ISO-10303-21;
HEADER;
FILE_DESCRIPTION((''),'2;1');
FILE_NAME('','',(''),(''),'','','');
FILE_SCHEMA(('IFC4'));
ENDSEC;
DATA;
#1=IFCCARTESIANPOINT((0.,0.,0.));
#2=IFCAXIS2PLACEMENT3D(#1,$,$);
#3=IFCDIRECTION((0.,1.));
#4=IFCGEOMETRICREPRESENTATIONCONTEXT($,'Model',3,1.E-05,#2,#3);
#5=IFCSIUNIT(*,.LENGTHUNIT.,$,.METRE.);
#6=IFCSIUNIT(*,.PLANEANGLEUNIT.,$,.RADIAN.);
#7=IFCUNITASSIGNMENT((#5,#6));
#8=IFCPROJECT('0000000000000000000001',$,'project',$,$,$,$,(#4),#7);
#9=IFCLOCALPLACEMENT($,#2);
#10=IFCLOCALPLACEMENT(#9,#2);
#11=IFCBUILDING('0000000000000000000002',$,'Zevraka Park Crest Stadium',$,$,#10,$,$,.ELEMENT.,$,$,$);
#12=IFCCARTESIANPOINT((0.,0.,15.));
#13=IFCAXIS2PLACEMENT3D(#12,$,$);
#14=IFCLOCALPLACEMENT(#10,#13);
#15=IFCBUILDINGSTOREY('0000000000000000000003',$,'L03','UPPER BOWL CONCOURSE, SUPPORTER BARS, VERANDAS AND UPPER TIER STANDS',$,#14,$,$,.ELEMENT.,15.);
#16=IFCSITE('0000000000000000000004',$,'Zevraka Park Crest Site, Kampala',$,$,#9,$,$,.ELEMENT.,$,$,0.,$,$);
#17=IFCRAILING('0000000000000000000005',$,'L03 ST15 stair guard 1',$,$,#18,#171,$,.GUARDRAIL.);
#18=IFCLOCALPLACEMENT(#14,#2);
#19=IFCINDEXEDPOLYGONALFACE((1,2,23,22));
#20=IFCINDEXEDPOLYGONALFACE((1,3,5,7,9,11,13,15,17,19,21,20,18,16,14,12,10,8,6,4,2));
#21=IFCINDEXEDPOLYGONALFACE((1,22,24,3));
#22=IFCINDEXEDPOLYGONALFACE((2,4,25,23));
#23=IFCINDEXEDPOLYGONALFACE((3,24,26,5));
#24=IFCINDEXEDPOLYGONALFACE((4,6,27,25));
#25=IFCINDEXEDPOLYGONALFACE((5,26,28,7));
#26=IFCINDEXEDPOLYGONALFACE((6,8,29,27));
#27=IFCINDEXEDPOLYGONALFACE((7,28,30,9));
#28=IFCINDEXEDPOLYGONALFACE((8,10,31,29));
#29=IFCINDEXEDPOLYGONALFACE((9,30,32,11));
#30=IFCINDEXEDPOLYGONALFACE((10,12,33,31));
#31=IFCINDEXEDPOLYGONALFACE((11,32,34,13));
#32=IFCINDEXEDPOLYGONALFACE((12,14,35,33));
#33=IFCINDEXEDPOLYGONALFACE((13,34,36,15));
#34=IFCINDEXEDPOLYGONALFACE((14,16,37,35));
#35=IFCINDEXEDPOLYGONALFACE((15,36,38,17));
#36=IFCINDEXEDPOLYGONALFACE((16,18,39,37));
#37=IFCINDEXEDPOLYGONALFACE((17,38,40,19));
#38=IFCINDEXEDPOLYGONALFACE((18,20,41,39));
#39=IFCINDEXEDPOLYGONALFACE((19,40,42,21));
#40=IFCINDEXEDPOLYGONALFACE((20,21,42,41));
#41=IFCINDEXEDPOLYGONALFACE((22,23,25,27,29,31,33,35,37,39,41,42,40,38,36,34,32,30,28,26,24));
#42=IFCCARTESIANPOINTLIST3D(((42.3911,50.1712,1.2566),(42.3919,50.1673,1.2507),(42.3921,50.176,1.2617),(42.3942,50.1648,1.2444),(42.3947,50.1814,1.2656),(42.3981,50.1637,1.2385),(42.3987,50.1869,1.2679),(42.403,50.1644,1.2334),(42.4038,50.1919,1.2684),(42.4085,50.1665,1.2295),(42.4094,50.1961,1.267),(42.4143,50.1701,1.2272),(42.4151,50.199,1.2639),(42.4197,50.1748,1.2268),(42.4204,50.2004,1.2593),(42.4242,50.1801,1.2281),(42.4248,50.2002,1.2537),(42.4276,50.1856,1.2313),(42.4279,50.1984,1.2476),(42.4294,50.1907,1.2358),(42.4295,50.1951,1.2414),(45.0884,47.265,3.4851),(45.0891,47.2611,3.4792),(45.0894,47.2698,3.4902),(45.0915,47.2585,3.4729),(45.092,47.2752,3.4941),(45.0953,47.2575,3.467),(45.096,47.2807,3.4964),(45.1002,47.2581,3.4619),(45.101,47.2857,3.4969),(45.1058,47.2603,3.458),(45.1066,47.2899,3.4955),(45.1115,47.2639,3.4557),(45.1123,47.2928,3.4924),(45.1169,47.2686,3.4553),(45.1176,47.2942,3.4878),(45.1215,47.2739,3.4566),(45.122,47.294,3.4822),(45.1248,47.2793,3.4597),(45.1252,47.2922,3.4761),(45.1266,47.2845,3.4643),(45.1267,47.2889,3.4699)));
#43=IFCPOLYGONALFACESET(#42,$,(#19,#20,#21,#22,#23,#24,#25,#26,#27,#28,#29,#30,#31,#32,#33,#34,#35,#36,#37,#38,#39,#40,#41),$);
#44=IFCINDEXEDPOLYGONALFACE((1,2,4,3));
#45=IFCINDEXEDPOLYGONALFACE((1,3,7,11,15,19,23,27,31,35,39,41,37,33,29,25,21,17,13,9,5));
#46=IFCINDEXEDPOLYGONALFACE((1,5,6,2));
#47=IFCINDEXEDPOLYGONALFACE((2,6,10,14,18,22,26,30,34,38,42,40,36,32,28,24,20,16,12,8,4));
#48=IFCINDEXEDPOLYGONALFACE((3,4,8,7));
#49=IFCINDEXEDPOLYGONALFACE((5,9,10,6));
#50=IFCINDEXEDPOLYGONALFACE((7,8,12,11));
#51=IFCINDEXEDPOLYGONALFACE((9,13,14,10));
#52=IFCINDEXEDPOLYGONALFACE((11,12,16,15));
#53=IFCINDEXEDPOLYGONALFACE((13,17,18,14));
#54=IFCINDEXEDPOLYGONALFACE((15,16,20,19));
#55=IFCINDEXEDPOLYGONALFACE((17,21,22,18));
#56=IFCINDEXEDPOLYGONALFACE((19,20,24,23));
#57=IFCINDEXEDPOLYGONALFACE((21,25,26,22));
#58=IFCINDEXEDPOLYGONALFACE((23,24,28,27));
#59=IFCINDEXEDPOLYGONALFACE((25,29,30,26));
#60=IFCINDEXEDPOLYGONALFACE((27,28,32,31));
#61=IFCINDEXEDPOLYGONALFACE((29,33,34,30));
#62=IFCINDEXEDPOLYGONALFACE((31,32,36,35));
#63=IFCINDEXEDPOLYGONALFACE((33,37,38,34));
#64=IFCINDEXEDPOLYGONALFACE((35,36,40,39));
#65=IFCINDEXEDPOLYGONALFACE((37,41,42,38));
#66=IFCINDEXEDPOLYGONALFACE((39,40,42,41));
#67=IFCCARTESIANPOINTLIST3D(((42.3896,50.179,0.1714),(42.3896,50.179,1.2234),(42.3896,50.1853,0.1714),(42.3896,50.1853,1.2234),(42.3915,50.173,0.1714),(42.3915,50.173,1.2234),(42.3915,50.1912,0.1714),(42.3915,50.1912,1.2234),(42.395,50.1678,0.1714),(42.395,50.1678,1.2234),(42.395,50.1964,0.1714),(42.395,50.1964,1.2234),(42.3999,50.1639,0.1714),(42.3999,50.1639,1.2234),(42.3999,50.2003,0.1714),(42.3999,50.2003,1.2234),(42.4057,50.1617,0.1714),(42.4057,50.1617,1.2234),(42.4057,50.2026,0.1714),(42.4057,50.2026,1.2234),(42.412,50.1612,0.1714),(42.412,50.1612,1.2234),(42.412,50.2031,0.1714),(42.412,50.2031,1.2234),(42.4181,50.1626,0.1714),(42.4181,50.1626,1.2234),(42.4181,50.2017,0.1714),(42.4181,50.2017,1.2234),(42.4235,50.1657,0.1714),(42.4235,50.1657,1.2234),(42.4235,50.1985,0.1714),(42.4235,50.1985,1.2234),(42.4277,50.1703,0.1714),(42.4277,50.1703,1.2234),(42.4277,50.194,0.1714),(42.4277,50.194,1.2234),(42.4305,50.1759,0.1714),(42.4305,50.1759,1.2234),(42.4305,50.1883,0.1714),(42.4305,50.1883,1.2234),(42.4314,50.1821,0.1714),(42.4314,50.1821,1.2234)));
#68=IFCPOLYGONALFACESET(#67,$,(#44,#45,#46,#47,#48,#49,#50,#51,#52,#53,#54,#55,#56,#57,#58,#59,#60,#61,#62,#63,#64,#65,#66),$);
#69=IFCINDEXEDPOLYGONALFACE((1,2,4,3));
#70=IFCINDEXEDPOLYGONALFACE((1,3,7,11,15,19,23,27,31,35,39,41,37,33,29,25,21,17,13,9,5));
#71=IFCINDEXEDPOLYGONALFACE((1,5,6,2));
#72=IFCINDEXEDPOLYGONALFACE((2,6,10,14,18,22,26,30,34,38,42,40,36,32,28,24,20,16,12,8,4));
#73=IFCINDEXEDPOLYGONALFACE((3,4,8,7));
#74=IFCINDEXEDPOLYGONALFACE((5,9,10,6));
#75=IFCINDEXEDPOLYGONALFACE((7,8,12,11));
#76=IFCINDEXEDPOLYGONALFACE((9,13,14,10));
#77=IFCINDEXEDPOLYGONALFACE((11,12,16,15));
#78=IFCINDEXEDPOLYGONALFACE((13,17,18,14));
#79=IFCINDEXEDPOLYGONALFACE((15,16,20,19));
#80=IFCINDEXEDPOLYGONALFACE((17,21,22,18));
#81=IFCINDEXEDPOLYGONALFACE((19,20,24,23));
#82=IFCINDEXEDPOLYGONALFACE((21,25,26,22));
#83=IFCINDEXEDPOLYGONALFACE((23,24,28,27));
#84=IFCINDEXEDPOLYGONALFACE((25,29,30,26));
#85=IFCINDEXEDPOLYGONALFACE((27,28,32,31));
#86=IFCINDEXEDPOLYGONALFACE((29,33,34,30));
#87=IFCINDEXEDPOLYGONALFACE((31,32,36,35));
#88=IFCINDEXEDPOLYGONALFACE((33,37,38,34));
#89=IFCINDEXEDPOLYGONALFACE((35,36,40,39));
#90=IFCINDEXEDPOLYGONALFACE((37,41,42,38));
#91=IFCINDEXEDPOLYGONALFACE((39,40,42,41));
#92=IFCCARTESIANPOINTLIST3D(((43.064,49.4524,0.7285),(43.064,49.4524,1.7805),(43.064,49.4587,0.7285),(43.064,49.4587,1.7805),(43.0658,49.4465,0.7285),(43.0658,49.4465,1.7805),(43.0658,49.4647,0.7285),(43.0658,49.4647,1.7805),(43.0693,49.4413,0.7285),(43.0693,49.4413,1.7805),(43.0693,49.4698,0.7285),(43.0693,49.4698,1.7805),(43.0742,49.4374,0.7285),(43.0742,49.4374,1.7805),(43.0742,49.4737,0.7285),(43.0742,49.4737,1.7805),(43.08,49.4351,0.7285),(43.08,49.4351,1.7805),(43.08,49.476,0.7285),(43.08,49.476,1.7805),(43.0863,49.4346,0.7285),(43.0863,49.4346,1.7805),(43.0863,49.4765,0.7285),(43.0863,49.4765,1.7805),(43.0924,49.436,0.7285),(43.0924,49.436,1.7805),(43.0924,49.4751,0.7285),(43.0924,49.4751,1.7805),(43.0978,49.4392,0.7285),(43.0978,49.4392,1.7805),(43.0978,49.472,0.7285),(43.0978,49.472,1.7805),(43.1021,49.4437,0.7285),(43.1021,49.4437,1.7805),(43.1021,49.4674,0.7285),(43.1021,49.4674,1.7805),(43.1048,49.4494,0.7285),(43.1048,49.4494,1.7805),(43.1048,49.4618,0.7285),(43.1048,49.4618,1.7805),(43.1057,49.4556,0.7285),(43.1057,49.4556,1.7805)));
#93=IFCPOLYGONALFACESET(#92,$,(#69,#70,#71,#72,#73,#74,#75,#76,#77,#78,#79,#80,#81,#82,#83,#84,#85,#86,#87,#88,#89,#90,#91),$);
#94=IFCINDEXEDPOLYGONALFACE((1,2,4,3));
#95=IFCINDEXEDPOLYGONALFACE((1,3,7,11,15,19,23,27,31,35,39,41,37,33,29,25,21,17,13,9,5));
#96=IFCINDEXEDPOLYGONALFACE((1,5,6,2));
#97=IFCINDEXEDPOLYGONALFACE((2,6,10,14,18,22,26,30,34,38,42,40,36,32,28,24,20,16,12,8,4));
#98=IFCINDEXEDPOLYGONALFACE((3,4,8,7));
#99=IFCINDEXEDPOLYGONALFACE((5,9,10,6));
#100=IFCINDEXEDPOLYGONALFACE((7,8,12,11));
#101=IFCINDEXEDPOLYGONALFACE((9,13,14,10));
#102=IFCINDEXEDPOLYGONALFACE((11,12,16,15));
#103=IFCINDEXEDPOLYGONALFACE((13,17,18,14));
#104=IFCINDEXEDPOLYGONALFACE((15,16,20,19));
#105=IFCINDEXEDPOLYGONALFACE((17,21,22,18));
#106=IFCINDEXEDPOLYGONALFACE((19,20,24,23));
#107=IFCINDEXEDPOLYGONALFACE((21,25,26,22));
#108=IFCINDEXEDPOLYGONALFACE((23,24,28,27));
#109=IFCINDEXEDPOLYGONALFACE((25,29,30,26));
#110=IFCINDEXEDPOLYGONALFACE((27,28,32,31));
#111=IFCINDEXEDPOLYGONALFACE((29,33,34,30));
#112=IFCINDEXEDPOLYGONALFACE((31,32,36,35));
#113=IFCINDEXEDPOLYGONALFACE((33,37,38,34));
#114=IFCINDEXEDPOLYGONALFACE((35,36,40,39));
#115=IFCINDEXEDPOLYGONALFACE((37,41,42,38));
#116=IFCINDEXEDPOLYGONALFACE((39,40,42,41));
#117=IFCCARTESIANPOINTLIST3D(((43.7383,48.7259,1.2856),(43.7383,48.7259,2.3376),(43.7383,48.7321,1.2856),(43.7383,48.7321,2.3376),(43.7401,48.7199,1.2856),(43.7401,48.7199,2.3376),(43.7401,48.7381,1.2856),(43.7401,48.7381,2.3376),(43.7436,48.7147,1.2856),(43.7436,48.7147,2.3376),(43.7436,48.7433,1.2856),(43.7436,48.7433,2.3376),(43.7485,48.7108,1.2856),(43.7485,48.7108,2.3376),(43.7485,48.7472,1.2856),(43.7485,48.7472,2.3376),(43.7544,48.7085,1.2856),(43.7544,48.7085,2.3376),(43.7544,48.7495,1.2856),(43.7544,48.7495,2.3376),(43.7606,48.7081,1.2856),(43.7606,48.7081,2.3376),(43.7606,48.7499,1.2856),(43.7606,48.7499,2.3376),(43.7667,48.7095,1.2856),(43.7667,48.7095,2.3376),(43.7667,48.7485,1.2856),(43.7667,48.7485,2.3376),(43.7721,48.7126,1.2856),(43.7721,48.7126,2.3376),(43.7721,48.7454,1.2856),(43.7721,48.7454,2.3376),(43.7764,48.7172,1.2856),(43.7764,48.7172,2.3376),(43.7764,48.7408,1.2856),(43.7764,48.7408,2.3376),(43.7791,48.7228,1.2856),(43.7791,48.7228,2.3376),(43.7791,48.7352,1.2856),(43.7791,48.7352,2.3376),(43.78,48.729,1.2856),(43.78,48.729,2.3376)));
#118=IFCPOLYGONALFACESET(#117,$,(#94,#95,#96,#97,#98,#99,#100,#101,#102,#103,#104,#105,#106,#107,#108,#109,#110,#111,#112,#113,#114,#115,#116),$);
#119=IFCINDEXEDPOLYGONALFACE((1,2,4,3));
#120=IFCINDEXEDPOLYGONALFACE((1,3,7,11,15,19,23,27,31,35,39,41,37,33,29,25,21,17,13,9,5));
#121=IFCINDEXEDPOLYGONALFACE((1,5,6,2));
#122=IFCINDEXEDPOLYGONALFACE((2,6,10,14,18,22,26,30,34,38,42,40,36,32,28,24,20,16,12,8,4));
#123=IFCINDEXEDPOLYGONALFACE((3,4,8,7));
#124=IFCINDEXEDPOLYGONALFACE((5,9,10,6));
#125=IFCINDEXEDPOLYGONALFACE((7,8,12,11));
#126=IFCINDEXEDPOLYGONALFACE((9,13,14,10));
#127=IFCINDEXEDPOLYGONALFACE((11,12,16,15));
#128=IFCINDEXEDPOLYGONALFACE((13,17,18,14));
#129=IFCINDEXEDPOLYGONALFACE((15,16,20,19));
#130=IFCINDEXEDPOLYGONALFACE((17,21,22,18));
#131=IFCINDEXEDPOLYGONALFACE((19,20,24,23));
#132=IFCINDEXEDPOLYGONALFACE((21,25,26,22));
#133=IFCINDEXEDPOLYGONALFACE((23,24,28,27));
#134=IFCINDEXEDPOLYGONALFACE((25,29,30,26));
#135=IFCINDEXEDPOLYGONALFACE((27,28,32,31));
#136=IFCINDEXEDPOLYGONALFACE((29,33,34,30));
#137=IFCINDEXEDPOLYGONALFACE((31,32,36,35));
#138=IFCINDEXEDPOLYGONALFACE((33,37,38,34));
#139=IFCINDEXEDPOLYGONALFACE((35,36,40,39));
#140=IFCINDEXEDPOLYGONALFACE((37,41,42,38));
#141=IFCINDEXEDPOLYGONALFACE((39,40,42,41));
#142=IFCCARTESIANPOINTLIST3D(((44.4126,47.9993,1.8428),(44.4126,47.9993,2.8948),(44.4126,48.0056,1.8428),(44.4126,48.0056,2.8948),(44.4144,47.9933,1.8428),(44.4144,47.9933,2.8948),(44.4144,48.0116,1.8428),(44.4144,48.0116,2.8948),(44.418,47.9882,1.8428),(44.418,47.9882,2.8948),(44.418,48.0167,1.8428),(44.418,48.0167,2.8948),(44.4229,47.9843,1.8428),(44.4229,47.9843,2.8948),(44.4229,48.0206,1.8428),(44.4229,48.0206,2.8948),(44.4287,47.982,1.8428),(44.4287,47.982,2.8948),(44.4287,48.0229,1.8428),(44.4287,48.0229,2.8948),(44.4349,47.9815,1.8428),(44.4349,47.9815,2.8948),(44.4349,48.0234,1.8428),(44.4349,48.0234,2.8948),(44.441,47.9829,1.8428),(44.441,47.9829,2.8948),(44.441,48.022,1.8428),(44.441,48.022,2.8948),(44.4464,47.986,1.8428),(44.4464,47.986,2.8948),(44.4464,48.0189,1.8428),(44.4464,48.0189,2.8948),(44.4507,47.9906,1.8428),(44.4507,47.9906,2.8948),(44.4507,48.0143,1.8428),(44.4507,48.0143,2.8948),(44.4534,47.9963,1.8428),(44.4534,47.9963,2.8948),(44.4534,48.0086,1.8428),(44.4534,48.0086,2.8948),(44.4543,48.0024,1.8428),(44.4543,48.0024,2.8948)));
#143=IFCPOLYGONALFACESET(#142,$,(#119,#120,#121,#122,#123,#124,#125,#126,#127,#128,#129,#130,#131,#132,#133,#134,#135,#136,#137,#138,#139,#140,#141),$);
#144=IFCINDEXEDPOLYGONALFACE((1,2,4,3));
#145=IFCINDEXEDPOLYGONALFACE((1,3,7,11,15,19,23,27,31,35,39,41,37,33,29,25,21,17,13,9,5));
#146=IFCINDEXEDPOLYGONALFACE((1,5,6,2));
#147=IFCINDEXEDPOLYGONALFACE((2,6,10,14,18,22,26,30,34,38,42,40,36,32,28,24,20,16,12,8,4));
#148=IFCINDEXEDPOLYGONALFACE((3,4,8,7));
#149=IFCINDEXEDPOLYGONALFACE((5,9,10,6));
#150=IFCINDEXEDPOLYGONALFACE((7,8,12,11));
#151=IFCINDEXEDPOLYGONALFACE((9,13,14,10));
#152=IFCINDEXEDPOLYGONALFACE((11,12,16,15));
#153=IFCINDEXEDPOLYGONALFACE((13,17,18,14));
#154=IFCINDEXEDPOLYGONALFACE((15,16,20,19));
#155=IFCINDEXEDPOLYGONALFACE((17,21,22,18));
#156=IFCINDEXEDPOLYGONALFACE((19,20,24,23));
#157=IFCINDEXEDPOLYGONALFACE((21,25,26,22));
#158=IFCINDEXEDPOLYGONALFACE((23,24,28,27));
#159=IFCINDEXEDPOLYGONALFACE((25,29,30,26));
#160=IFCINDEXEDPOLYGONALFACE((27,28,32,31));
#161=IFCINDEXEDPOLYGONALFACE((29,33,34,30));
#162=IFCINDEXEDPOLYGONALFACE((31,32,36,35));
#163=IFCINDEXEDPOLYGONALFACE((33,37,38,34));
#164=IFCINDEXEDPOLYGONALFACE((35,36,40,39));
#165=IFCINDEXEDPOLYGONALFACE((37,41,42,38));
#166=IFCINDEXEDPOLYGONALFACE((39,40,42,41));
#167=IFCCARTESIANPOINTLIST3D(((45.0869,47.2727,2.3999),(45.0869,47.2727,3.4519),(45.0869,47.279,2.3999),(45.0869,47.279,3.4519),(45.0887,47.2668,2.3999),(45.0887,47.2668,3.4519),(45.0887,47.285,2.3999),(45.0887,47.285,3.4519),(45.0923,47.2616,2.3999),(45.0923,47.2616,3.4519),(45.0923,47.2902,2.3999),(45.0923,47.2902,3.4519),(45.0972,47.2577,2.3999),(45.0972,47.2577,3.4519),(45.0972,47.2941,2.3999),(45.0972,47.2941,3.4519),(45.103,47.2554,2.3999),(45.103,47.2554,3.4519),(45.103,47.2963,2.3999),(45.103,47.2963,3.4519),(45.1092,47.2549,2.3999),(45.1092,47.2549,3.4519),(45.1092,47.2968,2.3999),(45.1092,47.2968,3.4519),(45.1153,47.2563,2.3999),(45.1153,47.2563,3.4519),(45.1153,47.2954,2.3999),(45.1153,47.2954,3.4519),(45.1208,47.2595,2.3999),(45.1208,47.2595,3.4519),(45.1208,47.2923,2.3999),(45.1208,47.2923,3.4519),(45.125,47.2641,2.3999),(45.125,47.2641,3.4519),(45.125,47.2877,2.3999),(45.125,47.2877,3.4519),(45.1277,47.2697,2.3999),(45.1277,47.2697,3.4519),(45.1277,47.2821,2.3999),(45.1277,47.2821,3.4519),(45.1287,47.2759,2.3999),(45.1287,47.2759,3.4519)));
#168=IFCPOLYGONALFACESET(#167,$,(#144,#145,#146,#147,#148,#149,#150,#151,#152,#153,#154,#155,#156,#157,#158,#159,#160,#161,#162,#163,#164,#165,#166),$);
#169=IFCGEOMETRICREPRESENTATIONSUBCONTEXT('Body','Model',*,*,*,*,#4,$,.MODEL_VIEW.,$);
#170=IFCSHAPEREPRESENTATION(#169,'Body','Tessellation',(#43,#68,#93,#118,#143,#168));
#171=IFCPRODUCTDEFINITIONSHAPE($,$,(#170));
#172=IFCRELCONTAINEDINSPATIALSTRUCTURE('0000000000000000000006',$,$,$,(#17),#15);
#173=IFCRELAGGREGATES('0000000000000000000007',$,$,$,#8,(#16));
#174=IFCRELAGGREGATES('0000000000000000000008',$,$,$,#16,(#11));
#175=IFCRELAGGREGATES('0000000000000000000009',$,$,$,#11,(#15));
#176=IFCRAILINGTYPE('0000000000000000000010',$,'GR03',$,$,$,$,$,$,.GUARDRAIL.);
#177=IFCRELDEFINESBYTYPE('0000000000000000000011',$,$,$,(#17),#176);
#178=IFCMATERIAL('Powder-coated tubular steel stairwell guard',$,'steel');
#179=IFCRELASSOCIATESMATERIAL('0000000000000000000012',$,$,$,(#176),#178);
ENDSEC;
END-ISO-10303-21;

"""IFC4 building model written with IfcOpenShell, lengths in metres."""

from ifc_helpers import new_model, si_unit, direction, frame, origin, origin_2d, place, context, subcontext, project, spatial, circle, extrude, material, type_object, element, save


model = new_model("IFC4")

# Units and contexts
model_context = context("Model", 3, precision=1e-05, world=origin(), true_north=direction((0.0, 1.0)))
body_context = subcontext(model_context, "Body", "Model", "MODEL_VIEW")
ifc_project = project(units=[si_unit("LENGTHUNIT", "METRE"), si_unit("PLANEANGLEUNIT", "RADIAN")], contexts=[model_context])

# Site, building, storey
site_placement = place(None, origin())
site = spatial("IfcSite", under=ifc_project, at=site_placement, Name="Zevraka Park Crest Site, Kampala", CompositionType="ELEMENT", RefElevation=0.0)
building_placement = place(site_placement, origin())
building = spatial("IfcBuilding", under=site, at=building_placement, Name="Zevraka Park Crest Stadium", CompositionType="ELEMENT")
storey_placement = place(building_placement, frame((0.0, 0.0, 15.0)))
storey = spatial("IfcBuildingStorey", under=building, at=storey_placement, Name="L03", Description="UPPER BOWL CONCOURSE, SUPPORTER BARS, VERANDAS AND UPPER TIER STANDS", CompositionType="ELEMENT", Elevation=15.0)

# Railing
ifc_material_1 = material(Name="Powder-coated tubular steel stairwell guard", Category="steel")
railing_type_1 = type_object("IfcRailingType", Name="GR03", PredefinedType="GUARDRAIL", material=ifc_material_1)
railing_1_placement = place(storey_placement, frame((42.4104, 50.1821, 0.1714)))
element("IfcRailing", 1, at=railing_1_placement, inside=storey, type_object=railing_type_1, Name="L03 ST15 stair guard 1", PredefinedType="GUARDRAIL", context=body_context, shape_type="SweptSolid", body=[
    extrude(circle(Radius=0.0239, at=origin_2d()), frame((0.0, 0.0, 1.0762), z_axis=(0.593016, -0.638963, 0.489957), x_axis=(0.732969, 0.680262, 0.0)), (0.0, 0.0, 1.0), 4.5483),
    extrude(circle(Radius=0.021, at=origin_2d()), origin(), (0.0, 0.0, 1.0), 1.052),
    extrude(circle(Radius=0.021, at=origin_2d()), frame((0.6743, -0.7266, 0.5571)), (0.0, 0.0, 1.0), 1.052),
    extrude(circle(Radius=0.021, at=origin_2d()), frame((1.3486, -1.4531, 1.1143)), (0.0, 0.0, 1.0), 1.052),
    extrude(circle(Radius=0.021, at=origin_2d()), frame((2.0229, -2.1797, 1.6714)), (0.0, 0.0, 1.0), 1.052),
    extrude(circle(Radius=0.021, at=origin_2d()), frame((2.6973, -2.9062, 2.2285)), (0.0, 0.0, 1.0), 1.052),
])

save(model, "model.ifc")
